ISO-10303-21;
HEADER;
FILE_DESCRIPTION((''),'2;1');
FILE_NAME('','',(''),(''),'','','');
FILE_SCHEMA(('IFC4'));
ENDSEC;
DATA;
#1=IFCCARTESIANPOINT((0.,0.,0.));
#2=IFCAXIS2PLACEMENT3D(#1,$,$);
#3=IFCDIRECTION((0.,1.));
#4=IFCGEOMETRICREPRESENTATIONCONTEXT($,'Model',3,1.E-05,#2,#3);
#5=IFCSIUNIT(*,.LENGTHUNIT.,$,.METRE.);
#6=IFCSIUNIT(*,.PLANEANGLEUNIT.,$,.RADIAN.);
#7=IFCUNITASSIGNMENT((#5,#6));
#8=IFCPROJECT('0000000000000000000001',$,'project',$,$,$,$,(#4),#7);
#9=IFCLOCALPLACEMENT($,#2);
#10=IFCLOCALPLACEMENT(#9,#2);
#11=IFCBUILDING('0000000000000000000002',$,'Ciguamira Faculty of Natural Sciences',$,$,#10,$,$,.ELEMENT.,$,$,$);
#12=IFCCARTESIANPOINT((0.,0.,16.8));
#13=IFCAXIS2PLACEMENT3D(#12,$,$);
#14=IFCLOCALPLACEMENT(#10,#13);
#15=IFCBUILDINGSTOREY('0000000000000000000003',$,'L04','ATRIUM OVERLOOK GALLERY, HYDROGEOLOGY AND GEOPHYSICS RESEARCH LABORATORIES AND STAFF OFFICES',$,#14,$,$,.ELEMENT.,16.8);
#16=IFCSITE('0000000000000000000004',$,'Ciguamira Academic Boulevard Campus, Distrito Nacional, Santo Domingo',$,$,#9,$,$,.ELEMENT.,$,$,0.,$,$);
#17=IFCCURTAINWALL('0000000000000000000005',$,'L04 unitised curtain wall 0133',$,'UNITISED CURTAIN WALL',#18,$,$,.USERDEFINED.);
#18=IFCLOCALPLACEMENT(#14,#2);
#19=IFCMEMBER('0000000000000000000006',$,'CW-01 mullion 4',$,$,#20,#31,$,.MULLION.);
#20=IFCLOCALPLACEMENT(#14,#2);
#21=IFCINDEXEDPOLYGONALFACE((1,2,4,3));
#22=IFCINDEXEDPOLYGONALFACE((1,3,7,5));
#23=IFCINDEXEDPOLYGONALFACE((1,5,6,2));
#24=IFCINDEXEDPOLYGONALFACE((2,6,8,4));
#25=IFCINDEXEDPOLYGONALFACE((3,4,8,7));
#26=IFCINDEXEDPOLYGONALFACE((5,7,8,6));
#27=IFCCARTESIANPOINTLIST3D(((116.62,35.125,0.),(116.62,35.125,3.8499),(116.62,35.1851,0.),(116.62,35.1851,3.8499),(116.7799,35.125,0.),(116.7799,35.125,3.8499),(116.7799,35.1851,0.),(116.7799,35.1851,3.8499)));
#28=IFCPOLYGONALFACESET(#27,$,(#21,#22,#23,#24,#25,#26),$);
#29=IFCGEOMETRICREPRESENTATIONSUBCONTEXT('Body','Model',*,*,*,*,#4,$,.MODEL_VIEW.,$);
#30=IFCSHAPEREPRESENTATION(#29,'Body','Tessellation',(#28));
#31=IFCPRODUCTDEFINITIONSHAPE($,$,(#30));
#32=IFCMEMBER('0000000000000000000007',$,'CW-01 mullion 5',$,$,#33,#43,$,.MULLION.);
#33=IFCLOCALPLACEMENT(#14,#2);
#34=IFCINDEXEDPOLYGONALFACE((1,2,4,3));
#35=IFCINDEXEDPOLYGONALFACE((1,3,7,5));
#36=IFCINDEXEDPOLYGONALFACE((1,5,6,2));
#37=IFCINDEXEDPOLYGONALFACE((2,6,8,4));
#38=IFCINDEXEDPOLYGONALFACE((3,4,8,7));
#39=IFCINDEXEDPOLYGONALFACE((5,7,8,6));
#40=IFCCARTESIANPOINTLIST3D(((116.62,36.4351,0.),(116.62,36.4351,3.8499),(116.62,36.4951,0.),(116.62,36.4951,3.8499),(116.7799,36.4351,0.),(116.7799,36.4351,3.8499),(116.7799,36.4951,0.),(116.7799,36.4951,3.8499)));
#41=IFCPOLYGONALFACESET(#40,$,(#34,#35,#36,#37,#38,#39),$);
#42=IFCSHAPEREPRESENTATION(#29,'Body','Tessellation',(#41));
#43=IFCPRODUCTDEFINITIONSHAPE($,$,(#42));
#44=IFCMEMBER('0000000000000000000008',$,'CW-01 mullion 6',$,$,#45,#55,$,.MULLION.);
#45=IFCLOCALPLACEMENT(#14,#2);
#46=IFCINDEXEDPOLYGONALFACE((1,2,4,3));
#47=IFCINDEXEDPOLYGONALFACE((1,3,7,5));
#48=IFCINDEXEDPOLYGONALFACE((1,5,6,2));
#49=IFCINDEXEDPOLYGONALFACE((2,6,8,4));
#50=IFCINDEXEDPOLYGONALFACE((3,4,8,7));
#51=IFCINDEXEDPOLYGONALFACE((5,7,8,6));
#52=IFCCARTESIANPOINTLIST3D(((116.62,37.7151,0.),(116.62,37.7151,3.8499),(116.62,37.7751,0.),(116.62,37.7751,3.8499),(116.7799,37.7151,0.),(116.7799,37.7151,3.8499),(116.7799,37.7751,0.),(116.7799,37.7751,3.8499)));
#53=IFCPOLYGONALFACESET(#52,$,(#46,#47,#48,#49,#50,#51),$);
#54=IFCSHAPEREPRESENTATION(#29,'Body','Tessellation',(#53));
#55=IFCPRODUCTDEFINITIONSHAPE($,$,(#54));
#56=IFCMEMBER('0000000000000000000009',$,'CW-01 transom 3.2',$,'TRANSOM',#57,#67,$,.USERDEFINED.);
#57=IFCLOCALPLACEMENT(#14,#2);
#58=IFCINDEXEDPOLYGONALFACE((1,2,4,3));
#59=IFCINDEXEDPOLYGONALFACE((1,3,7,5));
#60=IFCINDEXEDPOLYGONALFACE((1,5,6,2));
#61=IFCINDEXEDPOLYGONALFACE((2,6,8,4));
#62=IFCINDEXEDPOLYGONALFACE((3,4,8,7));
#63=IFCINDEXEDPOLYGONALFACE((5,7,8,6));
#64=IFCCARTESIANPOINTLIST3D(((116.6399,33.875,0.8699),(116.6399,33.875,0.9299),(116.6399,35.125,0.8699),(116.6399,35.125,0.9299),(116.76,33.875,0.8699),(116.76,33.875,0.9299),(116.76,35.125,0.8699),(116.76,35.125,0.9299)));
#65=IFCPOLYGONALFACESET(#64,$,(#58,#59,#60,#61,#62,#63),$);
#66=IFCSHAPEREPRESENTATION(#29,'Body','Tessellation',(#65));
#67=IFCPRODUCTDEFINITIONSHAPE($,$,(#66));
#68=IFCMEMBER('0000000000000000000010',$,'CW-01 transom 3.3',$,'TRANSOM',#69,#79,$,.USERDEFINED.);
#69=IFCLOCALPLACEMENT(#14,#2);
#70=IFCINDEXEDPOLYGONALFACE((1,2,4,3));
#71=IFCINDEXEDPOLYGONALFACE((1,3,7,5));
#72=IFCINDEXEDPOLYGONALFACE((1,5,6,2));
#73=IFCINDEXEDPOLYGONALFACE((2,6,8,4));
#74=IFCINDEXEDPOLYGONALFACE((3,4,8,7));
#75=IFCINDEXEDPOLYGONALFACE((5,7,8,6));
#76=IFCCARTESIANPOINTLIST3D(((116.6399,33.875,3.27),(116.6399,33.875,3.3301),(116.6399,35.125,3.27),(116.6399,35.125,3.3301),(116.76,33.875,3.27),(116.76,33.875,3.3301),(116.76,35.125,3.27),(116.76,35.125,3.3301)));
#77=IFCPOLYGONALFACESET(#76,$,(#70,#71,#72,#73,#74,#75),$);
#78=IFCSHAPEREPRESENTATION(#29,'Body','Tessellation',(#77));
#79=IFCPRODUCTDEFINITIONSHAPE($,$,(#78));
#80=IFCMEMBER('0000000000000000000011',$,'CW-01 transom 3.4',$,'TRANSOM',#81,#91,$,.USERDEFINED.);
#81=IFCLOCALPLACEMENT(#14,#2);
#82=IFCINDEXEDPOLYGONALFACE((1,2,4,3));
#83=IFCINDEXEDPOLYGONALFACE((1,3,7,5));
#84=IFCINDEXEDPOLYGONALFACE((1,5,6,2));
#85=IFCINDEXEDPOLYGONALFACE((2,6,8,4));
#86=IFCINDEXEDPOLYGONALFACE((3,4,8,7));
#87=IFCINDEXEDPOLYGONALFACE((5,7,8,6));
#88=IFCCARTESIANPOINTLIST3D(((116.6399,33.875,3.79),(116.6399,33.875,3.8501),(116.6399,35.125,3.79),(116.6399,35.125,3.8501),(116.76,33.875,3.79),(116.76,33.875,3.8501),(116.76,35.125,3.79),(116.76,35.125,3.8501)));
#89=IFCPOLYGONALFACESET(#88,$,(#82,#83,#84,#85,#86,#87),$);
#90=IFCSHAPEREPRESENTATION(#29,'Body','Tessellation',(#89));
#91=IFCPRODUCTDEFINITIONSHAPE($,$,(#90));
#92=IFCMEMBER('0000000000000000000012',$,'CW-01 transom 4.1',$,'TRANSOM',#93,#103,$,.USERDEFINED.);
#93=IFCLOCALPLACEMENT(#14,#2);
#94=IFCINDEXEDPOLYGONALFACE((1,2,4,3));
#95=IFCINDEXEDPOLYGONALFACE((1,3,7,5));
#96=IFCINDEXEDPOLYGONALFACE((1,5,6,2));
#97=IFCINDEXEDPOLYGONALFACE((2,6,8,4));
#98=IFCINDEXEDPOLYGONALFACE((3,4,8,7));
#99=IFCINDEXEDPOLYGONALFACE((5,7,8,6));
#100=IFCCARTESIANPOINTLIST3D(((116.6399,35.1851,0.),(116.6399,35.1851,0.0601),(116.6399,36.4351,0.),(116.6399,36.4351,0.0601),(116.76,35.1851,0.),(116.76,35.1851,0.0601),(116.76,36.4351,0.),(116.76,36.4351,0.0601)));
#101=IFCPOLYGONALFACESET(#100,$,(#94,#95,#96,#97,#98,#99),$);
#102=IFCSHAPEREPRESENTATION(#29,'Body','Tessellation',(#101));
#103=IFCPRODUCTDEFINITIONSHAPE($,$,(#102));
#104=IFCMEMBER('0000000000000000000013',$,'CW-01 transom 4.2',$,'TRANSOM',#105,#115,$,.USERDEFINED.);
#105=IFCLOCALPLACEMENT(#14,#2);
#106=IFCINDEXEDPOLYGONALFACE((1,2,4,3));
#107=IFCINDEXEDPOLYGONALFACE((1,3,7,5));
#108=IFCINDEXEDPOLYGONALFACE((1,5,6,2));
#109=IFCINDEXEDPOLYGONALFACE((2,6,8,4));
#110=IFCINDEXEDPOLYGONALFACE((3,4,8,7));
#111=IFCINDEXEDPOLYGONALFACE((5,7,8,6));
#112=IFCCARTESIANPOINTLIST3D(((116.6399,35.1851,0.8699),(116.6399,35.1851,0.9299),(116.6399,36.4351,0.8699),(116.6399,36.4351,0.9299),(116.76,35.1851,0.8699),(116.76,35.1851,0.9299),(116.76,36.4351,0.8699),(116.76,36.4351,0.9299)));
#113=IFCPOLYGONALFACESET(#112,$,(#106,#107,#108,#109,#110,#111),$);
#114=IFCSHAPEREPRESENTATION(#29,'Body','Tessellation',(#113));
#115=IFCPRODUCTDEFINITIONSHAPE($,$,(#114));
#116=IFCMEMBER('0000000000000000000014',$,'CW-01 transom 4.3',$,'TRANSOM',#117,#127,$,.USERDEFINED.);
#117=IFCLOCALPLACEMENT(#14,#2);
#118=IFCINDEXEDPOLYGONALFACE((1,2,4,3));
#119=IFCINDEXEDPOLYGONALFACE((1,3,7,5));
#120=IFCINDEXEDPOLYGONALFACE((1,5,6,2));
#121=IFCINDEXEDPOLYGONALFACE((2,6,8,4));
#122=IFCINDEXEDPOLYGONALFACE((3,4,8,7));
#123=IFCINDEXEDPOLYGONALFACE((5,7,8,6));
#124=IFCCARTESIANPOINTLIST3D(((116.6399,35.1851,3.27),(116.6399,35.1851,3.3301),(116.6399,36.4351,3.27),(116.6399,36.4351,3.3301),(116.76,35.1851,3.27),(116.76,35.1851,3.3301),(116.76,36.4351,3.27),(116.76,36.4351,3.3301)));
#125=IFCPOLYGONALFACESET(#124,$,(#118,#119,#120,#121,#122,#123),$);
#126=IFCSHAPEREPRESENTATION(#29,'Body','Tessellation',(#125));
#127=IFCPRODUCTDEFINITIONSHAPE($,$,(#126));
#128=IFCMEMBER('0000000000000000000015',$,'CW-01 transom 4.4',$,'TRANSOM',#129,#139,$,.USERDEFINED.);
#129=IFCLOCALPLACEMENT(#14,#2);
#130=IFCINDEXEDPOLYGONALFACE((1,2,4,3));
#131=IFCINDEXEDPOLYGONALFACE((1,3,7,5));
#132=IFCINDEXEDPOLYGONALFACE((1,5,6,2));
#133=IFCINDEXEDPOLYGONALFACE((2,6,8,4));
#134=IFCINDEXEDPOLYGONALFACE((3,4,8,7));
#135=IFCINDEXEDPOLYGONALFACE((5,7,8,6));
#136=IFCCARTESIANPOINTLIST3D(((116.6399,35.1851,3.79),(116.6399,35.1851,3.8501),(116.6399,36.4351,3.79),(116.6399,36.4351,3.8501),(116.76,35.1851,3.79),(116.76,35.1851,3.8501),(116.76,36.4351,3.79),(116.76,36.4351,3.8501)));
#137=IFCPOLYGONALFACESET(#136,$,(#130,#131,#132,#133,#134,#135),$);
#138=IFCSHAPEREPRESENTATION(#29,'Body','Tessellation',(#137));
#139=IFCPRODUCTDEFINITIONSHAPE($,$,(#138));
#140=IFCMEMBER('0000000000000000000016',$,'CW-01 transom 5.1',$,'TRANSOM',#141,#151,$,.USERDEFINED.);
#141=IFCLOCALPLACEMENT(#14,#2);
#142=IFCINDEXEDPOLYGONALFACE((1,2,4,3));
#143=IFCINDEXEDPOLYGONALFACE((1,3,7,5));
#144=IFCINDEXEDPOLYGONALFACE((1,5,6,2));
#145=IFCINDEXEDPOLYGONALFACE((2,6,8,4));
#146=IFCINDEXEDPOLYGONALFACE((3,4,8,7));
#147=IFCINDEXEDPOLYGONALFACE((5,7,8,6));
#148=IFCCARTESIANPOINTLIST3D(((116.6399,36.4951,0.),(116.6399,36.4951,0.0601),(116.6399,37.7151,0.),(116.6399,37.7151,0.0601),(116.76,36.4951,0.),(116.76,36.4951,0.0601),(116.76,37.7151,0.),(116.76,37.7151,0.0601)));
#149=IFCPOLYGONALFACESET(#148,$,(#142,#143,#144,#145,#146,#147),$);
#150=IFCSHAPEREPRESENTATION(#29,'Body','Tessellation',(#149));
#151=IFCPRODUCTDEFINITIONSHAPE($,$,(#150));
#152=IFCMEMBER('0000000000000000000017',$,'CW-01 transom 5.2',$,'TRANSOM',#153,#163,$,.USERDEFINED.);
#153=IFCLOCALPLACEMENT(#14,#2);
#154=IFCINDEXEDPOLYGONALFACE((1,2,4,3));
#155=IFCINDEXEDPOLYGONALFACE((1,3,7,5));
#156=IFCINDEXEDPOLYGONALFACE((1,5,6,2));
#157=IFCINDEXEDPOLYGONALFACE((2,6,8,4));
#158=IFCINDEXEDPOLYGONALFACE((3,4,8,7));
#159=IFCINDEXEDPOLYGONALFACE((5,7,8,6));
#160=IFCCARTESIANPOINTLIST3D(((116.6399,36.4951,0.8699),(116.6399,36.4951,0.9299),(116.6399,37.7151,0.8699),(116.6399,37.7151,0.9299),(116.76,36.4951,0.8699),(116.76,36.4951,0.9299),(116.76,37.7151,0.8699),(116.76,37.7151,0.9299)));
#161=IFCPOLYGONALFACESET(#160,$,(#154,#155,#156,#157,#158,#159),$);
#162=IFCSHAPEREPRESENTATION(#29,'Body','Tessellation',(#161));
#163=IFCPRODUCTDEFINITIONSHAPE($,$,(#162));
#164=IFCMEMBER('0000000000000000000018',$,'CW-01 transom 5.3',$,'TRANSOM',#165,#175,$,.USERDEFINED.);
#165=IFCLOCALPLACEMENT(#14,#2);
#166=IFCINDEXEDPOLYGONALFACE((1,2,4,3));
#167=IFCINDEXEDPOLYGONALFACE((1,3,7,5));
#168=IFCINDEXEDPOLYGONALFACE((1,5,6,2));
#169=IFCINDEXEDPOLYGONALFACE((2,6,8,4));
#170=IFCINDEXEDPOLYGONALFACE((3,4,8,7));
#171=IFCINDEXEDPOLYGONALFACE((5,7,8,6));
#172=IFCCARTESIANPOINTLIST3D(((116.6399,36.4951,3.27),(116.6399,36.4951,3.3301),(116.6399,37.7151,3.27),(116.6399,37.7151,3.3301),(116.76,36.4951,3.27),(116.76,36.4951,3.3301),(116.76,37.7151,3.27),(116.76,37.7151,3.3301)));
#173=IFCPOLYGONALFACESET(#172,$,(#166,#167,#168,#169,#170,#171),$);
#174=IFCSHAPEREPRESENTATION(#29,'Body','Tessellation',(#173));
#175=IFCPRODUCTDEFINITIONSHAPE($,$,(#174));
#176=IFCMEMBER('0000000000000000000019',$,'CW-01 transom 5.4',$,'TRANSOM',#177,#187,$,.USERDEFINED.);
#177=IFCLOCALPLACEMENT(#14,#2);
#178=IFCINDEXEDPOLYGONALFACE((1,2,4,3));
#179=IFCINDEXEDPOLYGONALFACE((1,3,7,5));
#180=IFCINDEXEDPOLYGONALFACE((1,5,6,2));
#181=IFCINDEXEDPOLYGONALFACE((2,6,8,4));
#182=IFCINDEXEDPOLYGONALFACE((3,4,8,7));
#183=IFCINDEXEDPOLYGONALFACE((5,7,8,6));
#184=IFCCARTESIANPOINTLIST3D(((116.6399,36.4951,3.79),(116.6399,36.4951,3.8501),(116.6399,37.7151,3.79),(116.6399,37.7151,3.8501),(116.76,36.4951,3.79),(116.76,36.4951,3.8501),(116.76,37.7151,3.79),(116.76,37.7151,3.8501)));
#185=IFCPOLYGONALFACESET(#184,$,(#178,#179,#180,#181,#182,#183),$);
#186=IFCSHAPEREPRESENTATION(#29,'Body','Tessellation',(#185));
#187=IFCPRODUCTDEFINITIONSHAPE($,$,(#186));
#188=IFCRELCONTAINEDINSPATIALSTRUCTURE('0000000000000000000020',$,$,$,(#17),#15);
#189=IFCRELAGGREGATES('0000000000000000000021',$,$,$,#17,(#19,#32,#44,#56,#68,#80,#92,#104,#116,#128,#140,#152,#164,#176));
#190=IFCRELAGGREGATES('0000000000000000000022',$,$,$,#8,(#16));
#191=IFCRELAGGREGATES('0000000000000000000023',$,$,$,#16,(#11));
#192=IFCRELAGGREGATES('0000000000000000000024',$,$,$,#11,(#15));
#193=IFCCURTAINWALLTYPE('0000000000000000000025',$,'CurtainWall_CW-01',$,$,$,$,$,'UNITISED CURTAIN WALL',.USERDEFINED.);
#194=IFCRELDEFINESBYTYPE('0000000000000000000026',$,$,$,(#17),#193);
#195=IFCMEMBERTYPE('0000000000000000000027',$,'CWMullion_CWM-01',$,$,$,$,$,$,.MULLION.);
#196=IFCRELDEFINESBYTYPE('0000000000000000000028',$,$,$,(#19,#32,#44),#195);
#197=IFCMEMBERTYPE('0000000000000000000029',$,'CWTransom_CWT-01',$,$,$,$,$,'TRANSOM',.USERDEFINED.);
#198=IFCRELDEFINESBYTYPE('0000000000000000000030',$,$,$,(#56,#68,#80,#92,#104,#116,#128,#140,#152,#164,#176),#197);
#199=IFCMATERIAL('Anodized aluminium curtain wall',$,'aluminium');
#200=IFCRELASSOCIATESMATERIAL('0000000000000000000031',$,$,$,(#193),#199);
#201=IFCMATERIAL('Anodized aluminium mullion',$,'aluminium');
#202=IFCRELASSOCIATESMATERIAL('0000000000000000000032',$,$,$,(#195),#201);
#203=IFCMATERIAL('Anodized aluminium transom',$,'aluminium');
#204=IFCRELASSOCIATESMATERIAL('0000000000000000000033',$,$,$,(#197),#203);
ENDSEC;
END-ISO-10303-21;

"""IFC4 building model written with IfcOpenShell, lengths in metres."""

from ifc_helpers import new_model, si_unit, direction, frame, origin, origin_2d, place, context, subcontext, project, spatial, rectangle, extrude, material, material_profile, profile_set, type_object, element, aggregate, save


model = new_model("IFC4")

# Units and contexts
model_context = context("Model", 3, precision=1e-05, world=origin(), true_north=direction((0.0, 1.0)))
body_context = subcontext(model_context, "Body", "Model", "MODEL_VIEW")
ifc_project = project(units=[si_unit("LENGTHUNIT", "METRE"), si_unit("PLANEANGLEUNIT", "RADIAN")], contexts=[model_context])

# Site, building, storey
site_placement = place(None, origin())
site = spatial("IfcSite", under=ifc_project, at=site_placement, Name="Ciguamira Academic Boulevard Campus, Distrito Nacional, Santo Domingo", CompositionType="ELEMENT", RefElevation=0.0)
building_placement = place(site_placement, origin())
building = spatial("IfcBuilding", under=site, at=building_placement, Name="Ciguamira Faculty of Natural Sciences", CompositionType="ELEMENT")
storey_placement = place(building_placement, frame((0.0, 0.0, 16.8)))
storey = spatial("IfcBuildingStorey", under=building, at=storey_placement, Name="L04", Description="ATRIUM OVERLOOK GALLERY, HYDROGEOLOGY AND GEOPHYSICS RESEARCH LABORATORIES AND STAFF OFFICES", CompositionType="ELEMENT", Elevation=16.8)

# Curtain wall, members
ifc_material_1 = material(Name="Anodized aluminium curtain wall", Category="aluminium")
curtain_wall_type = type_object("IfcCurtainWallType", Name="CurtainWall_CW-01", ElementType="UNITISED CURTAIN WALL", PredefinedType="USERDEFINED", material=ifc_material_1)
curtain_wall_placement = place(storey_placement, origin())
curtain_wall = element("IfcCurtainWall", 1, at=curtain_wall_placement, inside=storey, type_object=curtain_wall_type, Name="L04 unitised curtain wall 0133", ObjectType="UNITISED CURTAIN WALL", PredefinedType="USERDEFINED")
ifc_material_2 = material(Name="Anodized aluminium mullion", Category="aluminium")
ifc_material_profile_1 = material_profile(ifc_material_2, rectangle(XDim=0.0601, YDim=0.1599, at=origin_2d()), Name="ALU-MUL-60X160")
ifc_profile_set_1 = profile_set([ifc_material_profile_1], Name="Anodized aluminium mullion")
member_type_1 = type_object("IfcMemberType", Name="CWMullion_CWM-01", PredefinedType="MULLION", material=ifc_profile_set_1)
member_1_placement = place(storey_placement, frame((116.7, 35.155, 0.0), z_axis=(0.0, 0.0, 1.0), x_axis=(0.0, 1.0, 0.0)))
member_1 = element("IfcMember", 2, at=member_1_placement, type_object=member_type_1, Name="CW-01 mullion 4", PredefinedType="MULLION", context=body_context, shape_type="SweptSolid", body=[
    extrude(rectangle(XDim=0.0601, YDim=0.1599, at=origin_2d()), origin(), (0.0, 0.0, 1.0), 3.8499),
])
member_2_placement = place(storey_placement, frame((116.7, 36.4651, 0.0), z_axis=(0.0, 0.0, 1.0), x_axis=(0.0, 1.0, 0.0)))
member_2 = element("IfcMember", 3, at=member_2_placement, type_object=member_type_1, Name="CW-01 mullion 5", PredefinedType="MULLION", context=body_context, shape_type="SweptSolid", body=[
    extrude(rectangle(XDim=0.0601, YDim=0.1599, at=origin_2d()), origin(), (0.0, 0.0, 1.0), 3.8499),
])
member_3_placement = place(storey_placement, frame((116.7, 37.7451, 0.0), z_axis=(0.0, 0.0, 1.0), x_axis=(0.0, 1.0, 0.0)))
member_3 = element("IfcMember", 4, at=member_3_placement, type_object=member_type_1, Name="CW-01 mullion 6", PredefinedType="MULLION", context=body_context, shape_type="SweptSolid", body=[
    extrude(rectangle(XDim=0.0601, YDim=0.1599, at=origin_2d()), origin(), (0.0, 0.0, 1.0), 3.8499),
])
ifc_material_3 = material(Name="Anodized aluminium transom", Category="aluminium")
ifc_material_profile_2 = material_profile(ifc_material_3, rectangle(XDim=0.0601, YDim=0.1201, at=origin_2d()), Name="ALU-TRN-60X120")
ifc_profile_set_2 = profile_set([ifc_material_profile_2], Name="Anodized aluminium transom")
member_type_2 = type_object("IfcMemberType", Name="CWTransom_CWT-01", ElementType="TRANSOM", PredefinedType="USERDEFINED", material=ifc_profile_set_2)
member_4_placement = place(storey_placement, frame((116.7, 33.875, 0.8999), z_axis=(0.0, 1.0, 0.0), x_axis=(0.0, 0.0, 1.0)))
member_4 = element("IfcMember", 5, at=member_4_placement, type_object=member_type_2, Name="CW-01 transom 3.2", ObjectType="TRANSOM", PredefinedType="USERDEFINED", context=body_context, shape_type="SweptSolid", body=[
    extrude(rectangle(XDim=0.0601, YDim=0.1201, at=origin_2d()), origin(), (0.0, 0.0, 1.0), 1.25),
])
member_5_placement = place(storey_placement, frame((116.7, 33.875, 3.3), z_axis=(0.0, 1.0, 0.0), x_axis=(0.0, 0.0, 1.0)))
member_5 = element("IfcMember", 6, at=member_5_placement, type_object=member_type_2, Name="CW-01 transom 3.3", ObjectType="TRANSOM", PredefinedType="USERDEFINED", context=body_context, shape_type="SweptSolid", body=[
    extrude(rectangle(XDim=0.0601, YDim=0.1201, at=origin_2d()), origin(), (0.0, 0.0, 1.0), 1.25),
])
member_6_placement = place(storey_placement, frame((116.7, 33.875, 3.8201), z_axis=(0.0, 1.0, 0.0), x_axis=(0.0, 0.0, 1.0)))
member_6 = element("IfcMember", 7, at=member_6_placement, type_object=member_type_2, Name="CW-01 transom 3.4", ObjectType="TRANSOM", PredefinedType="USERDEFINED", context=body_context, shape_type="SweptSolid", body=[
    extrude(rectangle(XDim=0.0601, YDim=0.1201, at=origin_2d()), origin(), (0.0, 0.0, 1.0), 1.25),
])
member_7_placement = place(storey_placement, frame((116.7, 35.1851, 0.03), z_axis=(0.0, 1.0, 0.0), x_axis=(0.0, 0.0, 1.0)))
member_7 = element("IfcMember", 8, at=member_7_placement, type_object=member_type_2, Name="CW-01 transom 4.1", ObjectType="TRANSOM", PredefinedType="USERDEFINED", context=body_context, shape_type="SweptSolid", body=[
    extrude(rectangle(XDim=0.0601, YDim=0.1201, at=origin_2d()), origin(), (0.0, 0.0, 1.0), 1.25),
])
member_8_placement = place(storey_placement, frame((116.7, 35.1851, 0.8999), z_axis=(0.0, 1.0, 0.0), x_axis=(0.0, 0.0, 1.0)))
member_8 = element("IfcMember", 9, at=member_8_placement, type_object=member_type_2, Name="CW-01 transom 4.2", ObjectType="TRANSOM", PredefinedType="USERDEFINED", context=body_context, shape_type="SweptSolid", body=[
    extrude(rectangle(XDim=0.0601, YDim=0.1201, at=origin_2d()), origin(), (0.0, 0.0, 1.0), 1.25),
])
member_9_placement = place(storey_placement, frame((116.7, 35.1851, 3.3), z_axis=(0.0, 1.0, 0.0), x_axis=(0.0, 0.0, 1.0)))
member_9 = element("IfcMember", 10, at=member_9_placement, type_object=member_type_2, Name="CW-01 transom 4.3", ObjectType="TRANSOM", PredefinedType="USERDEFINED", context=body_context, shape_type="SweptSolid", body=[
    extrude(rectangle(XDim=0.0601, YDim=0.1201, at=origin_2d()), origin(), (0.0, 0.0, 1.0), 1.25),
])
member_10_placement = place(storey_placement, frame((116.7, 35.1851, 3.8201), z_axis=(0.0, 1.0, 0.0), x_axis=(0.0, 0.0, 1.0)))
member_10 = element("IfcMember", 11, at=member_10_placement, type_object=member_type_2, Name="CW-01 transom 4.4", ObjectType="TRANSOM", PredefinedType="USERDEFINED", context=body_context, shape_type="SweptSolid", body=[
    extrude(rectangle(XDim=0.0601, YDim=0.1201, at=origin_2d()), origin(), (0.0, 0.0, 1.0), 1.25),
])
member_11_placement = place(storey_placement, frame((116.7, 36.4951, 0.03), z_axis=(0.0, 1.0, 0.0), x_axis=(0.0, 0.0, 1.0)))
member_11 = element("IfcMember", 12, at=member_11_placement, type_object=member_type_2, Name="CW-01 transom 5.1", ObjectType="TRANSOM", PredefinedType="USERDEFINED", context=body_context, shape_type="SweptSolid", body=[
    extrude(rectangle(XDim=0.0601, YDim=0.1201, at=origin_2d()), origin(), (0.0, 0.0, 1.0), 1.22),
])
member_12_placement = place(storey_placement, frame((116.7, 36.4951, 0.8999), z_axis=(0.0, 1.0, 0.0), x_axis=(0.0, 0.0, 1.0)))
member_12 = element("IfcMember", 13, at=member_12_placement, type_object=member_type_2, Name="CW-01 transom 5.2", ObjectType="TRANSOM", PredefinedType="USERDEFINED", context=body_context, shape_type="SweptSolid", body=[
    extrude(rectangle(XDim=0.0601, YDim=0.1201, at=origin_2d()), origin(), (0.0, 0.0, 1.0), 1.22),
])
member_13_placement = place(storey_placement, frame((116.7, 36.4951, 3.3), z_axis=(0.0, 1.0, 0.0), x_axis=(0.0, 0.0, 1.0)))
member_13 = element("IfcMember", 14, at=member_13_placement, type_object=member_type_2, Name="CW-01 transom 5.3", ObjectType="TRANSOM", PredefinedType="USERDEFINED", context=body_context, shape_type="SweptSolid", body=[
    extrude(rectangle(XDim=0.0601, YDim=0.1201, at=origin_2d()), origin(), (0.0, 0.0, 1.0), 1.22),
])
member_14_placement = place(storey_placement, frame((116.7, 36.4951, 3.8201), z_axis=(0.0, 1.0, 0.0), x_axis=(0.0, 0.0, 1.0)))
member_14 = element("IfcMember", 15, at=member_14_placement, type_object=member_type_2, Name="CW-01 transom 5.4", ObjectType="TRANSOM", PredefinedType="USERDEFINED", context=body_context, shape_type="SweptSolid", body=[
    extrude(rectangle(XDim=0.0601, YDim=0.1201, at=origin_2d()), origin(), (0.0, 0.0, 1.0), 1.22),
])
aggregate(curtain_wall, [member_1, member_2, member_3, member_4, member_5, member_6, member_7, member_8, member_9, member_10, member_11, member_12, member_13, member_14])

save(model, "model.ifc")
